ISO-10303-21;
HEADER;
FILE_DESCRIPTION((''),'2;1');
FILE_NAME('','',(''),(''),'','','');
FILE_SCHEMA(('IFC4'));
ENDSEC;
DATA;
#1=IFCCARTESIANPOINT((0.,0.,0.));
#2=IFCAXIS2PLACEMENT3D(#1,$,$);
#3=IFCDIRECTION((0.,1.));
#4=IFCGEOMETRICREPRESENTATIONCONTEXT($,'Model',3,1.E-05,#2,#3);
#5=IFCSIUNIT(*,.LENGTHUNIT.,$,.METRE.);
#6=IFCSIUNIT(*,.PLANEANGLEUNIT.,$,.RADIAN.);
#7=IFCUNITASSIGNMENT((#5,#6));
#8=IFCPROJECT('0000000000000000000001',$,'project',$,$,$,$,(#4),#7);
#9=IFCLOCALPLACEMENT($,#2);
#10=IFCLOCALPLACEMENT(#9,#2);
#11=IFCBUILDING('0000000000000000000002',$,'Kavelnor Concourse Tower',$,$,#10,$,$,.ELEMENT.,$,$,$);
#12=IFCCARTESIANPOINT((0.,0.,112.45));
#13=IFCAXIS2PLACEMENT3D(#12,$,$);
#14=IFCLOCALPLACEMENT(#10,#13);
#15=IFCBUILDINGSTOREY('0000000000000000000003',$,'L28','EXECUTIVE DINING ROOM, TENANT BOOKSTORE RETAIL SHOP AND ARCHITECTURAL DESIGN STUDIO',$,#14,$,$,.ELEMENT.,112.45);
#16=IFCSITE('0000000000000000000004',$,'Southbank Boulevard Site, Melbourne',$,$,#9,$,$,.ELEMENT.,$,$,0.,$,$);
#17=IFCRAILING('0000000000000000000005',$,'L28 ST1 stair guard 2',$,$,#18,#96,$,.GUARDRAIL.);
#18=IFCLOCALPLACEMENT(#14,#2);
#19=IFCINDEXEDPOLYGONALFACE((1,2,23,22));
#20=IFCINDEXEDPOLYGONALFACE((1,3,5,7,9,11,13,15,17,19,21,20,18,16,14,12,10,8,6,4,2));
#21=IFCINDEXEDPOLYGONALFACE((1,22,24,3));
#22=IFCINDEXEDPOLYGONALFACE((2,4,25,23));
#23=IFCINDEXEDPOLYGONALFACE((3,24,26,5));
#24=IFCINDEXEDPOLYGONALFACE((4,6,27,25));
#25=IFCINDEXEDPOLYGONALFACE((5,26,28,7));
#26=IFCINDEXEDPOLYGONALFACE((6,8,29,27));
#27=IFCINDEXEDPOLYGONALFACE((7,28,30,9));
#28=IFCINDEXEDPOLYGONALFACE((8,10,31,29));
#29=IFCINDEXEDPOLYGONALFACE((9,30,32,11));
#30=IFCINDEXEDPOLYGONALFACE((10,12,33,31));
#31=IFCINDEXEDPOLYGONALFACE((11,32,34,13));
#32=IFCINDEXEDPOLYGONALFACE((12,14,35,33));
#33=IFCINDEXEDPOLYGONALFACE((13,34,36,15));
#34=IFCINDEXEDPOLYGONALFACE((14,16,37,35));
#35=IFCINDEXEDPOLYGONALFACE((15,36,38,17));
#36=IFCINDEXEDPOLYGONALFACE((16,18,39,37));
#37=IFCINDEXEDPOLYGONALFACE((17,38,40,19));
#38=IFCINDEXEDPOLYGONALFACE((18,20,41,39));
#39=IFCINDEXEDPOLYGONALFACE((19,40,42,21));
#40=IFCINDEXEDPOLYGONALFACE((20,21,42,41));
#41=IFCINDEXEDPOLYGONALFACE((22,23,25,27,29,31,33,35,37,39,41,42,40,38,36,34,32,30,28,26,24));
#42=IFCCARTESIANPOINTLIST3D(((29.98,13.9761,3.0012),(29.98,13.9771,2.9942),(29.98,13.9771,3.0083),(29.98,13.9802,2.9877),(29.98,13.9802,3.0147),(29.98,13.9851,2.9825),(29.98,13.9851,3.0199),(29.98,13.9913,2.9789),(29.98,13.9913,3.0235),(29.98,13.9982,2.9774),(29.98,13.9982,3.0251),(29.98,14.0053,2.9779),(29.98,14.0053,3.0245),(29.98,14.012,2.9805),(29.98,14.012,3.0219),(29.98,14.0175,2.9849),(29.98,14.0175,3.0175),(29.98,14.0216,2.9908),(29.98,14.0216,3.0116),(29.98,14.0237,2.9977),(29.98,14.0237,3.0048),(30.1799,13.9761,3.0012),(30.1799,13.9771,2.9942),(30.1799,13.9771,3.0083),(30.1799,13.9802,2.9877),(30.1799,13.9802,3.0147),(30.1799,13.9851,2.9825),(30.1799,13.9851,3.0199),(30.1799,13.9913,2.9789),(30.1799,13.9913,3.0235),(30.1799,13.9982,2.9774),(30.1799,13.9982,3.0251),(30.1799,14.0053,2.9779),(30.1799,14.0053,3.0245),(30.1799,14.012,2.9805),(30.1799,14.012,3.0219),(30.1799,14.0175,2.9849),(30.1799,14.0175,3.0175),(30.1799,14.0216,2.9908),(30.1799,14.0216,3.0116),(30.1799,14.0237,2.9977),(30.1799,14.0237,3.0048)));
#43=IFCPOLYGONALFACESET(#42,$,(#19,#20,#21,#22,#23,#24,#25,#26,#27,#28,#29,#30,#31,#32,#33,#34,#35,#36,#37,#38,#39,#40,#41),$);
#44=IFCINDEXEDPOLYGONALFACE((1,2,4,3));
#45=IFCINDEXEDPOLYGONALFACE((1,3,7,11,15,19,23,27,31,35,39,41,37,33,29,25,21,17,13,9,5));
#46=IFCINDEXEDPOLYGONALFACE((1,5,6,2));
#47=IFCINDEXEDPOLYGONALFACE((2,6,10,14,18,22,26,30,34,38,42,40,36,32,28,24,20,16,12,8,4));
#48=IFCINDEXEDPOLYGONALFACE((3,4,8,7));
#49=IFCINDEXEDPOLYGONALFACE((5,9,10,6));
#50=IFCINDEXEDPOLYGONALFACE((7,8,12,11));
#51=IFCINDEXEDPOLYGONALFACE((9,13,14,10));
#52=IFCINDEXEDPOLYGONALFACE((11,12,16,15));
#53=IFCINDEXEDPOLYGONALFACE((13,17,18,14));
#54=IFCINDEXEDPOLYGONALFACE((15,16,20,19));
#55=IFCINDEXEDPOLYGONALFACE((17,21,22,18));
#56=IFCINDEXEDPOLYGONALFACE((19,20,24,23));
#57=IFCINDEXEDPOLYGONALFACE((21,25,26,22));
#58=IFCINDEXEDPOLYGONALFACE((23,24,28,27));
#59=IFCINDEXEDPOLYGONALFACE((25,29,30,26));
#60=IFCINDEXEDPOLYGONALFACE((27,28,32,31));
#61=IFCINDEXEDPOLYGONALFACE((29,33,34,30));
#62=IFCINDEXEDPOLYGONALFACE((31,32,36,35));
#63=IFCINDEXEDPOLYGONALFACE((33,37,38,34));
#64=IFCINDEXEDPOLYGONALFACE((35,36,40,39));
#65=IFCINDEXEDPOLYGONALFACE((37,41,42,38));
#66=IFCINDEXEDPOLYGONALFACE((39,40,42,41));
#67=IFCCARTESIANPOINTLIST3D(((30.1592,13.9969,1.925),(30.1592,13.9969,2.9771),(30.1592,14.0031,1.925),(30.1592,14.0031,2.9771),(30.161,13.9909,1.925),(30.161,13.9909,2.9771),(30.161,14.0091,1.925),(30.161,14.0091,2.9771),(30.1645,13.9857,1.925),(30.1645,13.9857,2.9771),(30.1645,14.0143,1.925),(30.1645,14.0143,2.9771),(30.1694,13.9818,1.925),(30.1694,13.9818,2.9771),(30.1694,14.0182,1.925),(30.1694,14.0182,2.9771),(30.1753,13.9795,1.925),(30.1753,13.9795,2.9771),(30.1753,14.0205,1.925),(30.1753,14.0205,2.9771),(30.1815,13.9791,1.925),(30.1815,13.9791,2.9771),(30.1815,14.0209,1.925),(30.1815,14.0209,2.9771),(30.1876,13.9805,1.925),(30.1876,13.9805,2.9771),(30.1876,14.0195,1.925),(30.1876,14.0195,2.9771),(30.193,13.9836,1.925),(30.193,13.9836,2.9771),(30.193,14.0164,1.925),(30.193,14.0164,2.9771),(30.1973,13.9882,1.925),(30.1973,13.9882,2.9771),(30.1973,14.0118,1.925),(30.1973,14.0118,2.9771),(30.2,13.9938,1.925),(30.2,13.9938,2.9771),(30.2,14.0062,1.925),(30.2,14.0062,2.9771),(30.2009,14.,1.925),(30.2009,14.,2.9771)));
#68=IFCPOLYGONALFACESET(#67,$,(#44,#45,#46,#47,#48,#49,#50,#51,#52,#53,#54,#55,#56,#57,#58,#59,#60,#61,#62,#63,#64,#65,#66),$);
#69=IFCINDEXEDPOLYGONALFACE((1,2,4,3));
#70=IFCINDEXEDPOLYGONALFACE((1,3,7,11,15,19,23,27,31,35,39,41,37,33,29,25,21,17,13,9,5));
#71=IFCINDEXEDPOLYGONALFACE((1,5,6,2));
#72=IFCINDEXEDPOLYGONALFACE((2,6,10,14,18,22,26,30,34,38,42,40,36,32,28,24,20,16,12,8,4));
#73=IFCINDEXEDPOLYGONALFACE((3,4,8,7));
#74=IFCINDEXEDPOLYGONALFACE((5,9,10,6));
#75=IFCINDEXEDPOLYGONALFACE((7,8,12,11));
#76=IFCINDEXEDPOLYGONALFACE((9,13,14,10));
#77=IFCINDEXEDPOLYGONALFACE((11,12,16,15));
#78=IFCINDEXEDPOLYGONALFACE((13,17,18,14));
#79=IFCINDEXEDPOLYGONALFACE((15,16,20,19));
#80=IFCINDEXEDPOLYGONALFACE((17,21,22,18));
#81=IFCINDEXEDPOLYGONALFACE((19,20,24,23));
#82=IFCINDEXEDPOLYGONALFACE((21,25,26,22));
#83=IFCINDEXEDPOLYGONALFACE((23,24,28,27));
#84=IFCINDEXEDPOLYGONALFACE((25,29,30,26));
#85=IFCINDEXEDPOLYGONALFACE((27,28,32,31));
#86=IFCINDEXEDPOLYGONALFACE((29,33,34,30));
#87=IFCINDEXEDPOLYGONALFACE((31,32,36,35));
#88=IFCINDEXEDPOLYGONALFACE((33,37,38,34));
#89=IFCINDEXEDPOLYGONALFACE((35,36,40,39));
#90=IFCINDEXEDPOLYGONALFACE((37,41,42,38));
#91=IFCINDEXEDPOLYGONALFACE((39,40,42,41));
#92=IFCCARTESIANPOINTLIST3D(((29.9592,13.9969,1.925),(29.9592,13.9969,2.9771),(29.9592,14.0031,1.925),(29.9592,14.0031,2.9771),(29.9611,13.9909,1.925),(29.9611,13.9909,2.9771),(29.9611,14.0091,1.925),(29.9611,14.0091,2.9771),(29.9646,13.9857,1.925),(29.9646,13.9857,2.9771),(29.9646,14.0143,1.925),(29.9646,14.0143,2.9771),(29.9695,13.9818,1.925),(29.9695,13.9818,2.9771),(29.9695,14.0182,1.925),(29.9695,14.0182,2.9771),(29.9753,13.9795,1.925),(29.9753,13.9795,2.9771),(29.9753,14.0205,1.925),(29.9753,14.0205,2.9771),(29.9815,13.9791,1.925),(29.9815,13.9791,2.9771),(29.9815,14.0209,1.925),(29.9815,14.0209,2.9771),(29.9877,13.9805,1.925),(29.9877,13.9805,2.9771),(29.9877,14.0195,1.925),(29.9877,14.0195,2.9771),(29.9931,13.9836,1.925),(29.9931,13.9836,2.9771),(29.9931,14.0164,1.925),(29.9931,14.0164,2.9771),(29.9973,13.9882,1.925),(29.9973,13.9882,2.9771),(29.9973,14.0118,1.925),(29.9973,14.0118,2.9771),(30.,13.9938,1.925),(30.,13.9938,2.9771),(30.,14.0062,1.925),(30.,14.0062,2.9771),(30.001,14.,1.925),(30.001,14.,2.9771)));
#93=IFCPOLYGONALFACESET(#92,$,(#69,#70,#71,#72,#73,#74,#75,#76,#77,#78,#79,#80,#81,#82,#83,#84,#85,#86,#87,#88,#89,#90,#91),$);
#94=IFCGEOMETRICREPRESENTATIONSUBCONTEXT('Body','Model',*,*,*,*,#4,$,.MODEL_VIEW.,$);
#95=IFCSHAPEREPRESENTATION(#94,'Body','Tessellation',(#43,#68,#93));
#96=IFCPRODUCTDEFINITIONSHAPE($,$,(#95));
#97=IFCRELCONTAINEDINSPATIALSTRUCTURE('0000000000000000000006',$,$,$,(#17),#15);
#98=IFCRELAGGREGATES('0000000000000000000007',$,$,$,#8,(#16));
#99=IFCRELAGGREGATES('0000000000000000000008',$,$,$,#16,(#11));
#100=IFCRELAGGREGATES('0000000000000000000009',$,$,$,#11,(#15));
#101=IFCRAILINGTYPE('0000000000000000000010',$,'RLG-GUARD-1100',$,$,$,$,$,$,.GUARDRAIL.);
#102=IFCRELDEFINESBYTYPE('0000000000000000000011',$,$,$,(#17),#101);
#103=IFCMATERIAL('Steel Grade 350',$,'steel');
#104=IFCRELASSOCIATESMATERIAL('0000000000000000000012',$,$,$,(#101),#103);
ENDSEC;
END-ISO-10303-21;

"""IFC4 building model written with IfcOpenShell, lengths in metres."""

from ifc_helpers import new_model, si_unit, direction, frame, origin, origin_2d, place, context, subcontext, project, spatial, circle, extrude, material, type_object, element, save


model = new_model("IFC4")

# Units and contexts
model_context = context("Model", 3, precision=1e-05, world=origin(), true_north=direction((0.0, 1.0)))
body_context = subcontext(model_context, "Body", "Model", "MODEL_VIEW")
ifc_project = project(units=[si_unit("LENGTHUNIT", "METRE"), si_unit("PLANEANGLEUNIT", "RADIAN")], contexts=[model_context])

# Site, building, storey
site_placement = place(None, origin())
site = spatial("IfcSite", under=ifc_project, at=site_placement, Name="Southbank Boulevard Site, Melbourne", CompositionType="ELEMENT", RefElevation=0.0)
building_placement = place(site_placement, origin())
building = spatial("IfcBuilding", under=site, at=building_placement, Name="Kavelnor Concourse Tower", CompositionType="ELEMENT")
storey_placement = place(building_placement, frame((0.0, 0.0, 112.45)))
storey = spatial("IfcBuildingStorey", under=building, at=storey_placement, Name="L28", Description="EXECUTIVE DINING ROOM, TENANT BOOKSTORE RETAIL SHOP AND ARCHITECTURAL DESIGN STUDIO", CompositionType="ELEMENT", Elevation=112.45)

# Shared definitions
ifc_material_1 = material(Name="Steel Grade 350", Category="steel")

# Railing
railing_type_1 = type_object("IfcRailingType", Name="RLG-GUARD-1100", PredefinedType="GUARDRAIL", material=ifc_material_1)
railing_1_placement = place(storey_placement, frame((30.1799, 14.0, 1.925)))
element("IfcRailing", 1, at=railing_1_placement, inside=storey, type_object=railing_type_1, Name="L28 ST1 stair guard 2", PredefinedType="GUARDRAIL", context=body_context, shape_type="SweptSolid", body=[
    extrude(circle(Radius=0.0239, at=origin_2d()), frame((0.0, 0.0, 1.0762), z_axis=(-1.0, 0.0, 0.0), x_axis=(0.0, -1.0, 0.0)), (0.0, 0.0, 1.0), 0.2),
    extrude(circle(Radius=0.021, at=origin_2d()), origin(), (0.0, 0.0, 1.0), 1.052),
    extrude(circle(Radius=0.021, at=origin_2d()), frame((-0.2, 0.0, 0.0)), (0.0, 0.0, 1.0), 1.052),
])

save(model, "model.ifc")
